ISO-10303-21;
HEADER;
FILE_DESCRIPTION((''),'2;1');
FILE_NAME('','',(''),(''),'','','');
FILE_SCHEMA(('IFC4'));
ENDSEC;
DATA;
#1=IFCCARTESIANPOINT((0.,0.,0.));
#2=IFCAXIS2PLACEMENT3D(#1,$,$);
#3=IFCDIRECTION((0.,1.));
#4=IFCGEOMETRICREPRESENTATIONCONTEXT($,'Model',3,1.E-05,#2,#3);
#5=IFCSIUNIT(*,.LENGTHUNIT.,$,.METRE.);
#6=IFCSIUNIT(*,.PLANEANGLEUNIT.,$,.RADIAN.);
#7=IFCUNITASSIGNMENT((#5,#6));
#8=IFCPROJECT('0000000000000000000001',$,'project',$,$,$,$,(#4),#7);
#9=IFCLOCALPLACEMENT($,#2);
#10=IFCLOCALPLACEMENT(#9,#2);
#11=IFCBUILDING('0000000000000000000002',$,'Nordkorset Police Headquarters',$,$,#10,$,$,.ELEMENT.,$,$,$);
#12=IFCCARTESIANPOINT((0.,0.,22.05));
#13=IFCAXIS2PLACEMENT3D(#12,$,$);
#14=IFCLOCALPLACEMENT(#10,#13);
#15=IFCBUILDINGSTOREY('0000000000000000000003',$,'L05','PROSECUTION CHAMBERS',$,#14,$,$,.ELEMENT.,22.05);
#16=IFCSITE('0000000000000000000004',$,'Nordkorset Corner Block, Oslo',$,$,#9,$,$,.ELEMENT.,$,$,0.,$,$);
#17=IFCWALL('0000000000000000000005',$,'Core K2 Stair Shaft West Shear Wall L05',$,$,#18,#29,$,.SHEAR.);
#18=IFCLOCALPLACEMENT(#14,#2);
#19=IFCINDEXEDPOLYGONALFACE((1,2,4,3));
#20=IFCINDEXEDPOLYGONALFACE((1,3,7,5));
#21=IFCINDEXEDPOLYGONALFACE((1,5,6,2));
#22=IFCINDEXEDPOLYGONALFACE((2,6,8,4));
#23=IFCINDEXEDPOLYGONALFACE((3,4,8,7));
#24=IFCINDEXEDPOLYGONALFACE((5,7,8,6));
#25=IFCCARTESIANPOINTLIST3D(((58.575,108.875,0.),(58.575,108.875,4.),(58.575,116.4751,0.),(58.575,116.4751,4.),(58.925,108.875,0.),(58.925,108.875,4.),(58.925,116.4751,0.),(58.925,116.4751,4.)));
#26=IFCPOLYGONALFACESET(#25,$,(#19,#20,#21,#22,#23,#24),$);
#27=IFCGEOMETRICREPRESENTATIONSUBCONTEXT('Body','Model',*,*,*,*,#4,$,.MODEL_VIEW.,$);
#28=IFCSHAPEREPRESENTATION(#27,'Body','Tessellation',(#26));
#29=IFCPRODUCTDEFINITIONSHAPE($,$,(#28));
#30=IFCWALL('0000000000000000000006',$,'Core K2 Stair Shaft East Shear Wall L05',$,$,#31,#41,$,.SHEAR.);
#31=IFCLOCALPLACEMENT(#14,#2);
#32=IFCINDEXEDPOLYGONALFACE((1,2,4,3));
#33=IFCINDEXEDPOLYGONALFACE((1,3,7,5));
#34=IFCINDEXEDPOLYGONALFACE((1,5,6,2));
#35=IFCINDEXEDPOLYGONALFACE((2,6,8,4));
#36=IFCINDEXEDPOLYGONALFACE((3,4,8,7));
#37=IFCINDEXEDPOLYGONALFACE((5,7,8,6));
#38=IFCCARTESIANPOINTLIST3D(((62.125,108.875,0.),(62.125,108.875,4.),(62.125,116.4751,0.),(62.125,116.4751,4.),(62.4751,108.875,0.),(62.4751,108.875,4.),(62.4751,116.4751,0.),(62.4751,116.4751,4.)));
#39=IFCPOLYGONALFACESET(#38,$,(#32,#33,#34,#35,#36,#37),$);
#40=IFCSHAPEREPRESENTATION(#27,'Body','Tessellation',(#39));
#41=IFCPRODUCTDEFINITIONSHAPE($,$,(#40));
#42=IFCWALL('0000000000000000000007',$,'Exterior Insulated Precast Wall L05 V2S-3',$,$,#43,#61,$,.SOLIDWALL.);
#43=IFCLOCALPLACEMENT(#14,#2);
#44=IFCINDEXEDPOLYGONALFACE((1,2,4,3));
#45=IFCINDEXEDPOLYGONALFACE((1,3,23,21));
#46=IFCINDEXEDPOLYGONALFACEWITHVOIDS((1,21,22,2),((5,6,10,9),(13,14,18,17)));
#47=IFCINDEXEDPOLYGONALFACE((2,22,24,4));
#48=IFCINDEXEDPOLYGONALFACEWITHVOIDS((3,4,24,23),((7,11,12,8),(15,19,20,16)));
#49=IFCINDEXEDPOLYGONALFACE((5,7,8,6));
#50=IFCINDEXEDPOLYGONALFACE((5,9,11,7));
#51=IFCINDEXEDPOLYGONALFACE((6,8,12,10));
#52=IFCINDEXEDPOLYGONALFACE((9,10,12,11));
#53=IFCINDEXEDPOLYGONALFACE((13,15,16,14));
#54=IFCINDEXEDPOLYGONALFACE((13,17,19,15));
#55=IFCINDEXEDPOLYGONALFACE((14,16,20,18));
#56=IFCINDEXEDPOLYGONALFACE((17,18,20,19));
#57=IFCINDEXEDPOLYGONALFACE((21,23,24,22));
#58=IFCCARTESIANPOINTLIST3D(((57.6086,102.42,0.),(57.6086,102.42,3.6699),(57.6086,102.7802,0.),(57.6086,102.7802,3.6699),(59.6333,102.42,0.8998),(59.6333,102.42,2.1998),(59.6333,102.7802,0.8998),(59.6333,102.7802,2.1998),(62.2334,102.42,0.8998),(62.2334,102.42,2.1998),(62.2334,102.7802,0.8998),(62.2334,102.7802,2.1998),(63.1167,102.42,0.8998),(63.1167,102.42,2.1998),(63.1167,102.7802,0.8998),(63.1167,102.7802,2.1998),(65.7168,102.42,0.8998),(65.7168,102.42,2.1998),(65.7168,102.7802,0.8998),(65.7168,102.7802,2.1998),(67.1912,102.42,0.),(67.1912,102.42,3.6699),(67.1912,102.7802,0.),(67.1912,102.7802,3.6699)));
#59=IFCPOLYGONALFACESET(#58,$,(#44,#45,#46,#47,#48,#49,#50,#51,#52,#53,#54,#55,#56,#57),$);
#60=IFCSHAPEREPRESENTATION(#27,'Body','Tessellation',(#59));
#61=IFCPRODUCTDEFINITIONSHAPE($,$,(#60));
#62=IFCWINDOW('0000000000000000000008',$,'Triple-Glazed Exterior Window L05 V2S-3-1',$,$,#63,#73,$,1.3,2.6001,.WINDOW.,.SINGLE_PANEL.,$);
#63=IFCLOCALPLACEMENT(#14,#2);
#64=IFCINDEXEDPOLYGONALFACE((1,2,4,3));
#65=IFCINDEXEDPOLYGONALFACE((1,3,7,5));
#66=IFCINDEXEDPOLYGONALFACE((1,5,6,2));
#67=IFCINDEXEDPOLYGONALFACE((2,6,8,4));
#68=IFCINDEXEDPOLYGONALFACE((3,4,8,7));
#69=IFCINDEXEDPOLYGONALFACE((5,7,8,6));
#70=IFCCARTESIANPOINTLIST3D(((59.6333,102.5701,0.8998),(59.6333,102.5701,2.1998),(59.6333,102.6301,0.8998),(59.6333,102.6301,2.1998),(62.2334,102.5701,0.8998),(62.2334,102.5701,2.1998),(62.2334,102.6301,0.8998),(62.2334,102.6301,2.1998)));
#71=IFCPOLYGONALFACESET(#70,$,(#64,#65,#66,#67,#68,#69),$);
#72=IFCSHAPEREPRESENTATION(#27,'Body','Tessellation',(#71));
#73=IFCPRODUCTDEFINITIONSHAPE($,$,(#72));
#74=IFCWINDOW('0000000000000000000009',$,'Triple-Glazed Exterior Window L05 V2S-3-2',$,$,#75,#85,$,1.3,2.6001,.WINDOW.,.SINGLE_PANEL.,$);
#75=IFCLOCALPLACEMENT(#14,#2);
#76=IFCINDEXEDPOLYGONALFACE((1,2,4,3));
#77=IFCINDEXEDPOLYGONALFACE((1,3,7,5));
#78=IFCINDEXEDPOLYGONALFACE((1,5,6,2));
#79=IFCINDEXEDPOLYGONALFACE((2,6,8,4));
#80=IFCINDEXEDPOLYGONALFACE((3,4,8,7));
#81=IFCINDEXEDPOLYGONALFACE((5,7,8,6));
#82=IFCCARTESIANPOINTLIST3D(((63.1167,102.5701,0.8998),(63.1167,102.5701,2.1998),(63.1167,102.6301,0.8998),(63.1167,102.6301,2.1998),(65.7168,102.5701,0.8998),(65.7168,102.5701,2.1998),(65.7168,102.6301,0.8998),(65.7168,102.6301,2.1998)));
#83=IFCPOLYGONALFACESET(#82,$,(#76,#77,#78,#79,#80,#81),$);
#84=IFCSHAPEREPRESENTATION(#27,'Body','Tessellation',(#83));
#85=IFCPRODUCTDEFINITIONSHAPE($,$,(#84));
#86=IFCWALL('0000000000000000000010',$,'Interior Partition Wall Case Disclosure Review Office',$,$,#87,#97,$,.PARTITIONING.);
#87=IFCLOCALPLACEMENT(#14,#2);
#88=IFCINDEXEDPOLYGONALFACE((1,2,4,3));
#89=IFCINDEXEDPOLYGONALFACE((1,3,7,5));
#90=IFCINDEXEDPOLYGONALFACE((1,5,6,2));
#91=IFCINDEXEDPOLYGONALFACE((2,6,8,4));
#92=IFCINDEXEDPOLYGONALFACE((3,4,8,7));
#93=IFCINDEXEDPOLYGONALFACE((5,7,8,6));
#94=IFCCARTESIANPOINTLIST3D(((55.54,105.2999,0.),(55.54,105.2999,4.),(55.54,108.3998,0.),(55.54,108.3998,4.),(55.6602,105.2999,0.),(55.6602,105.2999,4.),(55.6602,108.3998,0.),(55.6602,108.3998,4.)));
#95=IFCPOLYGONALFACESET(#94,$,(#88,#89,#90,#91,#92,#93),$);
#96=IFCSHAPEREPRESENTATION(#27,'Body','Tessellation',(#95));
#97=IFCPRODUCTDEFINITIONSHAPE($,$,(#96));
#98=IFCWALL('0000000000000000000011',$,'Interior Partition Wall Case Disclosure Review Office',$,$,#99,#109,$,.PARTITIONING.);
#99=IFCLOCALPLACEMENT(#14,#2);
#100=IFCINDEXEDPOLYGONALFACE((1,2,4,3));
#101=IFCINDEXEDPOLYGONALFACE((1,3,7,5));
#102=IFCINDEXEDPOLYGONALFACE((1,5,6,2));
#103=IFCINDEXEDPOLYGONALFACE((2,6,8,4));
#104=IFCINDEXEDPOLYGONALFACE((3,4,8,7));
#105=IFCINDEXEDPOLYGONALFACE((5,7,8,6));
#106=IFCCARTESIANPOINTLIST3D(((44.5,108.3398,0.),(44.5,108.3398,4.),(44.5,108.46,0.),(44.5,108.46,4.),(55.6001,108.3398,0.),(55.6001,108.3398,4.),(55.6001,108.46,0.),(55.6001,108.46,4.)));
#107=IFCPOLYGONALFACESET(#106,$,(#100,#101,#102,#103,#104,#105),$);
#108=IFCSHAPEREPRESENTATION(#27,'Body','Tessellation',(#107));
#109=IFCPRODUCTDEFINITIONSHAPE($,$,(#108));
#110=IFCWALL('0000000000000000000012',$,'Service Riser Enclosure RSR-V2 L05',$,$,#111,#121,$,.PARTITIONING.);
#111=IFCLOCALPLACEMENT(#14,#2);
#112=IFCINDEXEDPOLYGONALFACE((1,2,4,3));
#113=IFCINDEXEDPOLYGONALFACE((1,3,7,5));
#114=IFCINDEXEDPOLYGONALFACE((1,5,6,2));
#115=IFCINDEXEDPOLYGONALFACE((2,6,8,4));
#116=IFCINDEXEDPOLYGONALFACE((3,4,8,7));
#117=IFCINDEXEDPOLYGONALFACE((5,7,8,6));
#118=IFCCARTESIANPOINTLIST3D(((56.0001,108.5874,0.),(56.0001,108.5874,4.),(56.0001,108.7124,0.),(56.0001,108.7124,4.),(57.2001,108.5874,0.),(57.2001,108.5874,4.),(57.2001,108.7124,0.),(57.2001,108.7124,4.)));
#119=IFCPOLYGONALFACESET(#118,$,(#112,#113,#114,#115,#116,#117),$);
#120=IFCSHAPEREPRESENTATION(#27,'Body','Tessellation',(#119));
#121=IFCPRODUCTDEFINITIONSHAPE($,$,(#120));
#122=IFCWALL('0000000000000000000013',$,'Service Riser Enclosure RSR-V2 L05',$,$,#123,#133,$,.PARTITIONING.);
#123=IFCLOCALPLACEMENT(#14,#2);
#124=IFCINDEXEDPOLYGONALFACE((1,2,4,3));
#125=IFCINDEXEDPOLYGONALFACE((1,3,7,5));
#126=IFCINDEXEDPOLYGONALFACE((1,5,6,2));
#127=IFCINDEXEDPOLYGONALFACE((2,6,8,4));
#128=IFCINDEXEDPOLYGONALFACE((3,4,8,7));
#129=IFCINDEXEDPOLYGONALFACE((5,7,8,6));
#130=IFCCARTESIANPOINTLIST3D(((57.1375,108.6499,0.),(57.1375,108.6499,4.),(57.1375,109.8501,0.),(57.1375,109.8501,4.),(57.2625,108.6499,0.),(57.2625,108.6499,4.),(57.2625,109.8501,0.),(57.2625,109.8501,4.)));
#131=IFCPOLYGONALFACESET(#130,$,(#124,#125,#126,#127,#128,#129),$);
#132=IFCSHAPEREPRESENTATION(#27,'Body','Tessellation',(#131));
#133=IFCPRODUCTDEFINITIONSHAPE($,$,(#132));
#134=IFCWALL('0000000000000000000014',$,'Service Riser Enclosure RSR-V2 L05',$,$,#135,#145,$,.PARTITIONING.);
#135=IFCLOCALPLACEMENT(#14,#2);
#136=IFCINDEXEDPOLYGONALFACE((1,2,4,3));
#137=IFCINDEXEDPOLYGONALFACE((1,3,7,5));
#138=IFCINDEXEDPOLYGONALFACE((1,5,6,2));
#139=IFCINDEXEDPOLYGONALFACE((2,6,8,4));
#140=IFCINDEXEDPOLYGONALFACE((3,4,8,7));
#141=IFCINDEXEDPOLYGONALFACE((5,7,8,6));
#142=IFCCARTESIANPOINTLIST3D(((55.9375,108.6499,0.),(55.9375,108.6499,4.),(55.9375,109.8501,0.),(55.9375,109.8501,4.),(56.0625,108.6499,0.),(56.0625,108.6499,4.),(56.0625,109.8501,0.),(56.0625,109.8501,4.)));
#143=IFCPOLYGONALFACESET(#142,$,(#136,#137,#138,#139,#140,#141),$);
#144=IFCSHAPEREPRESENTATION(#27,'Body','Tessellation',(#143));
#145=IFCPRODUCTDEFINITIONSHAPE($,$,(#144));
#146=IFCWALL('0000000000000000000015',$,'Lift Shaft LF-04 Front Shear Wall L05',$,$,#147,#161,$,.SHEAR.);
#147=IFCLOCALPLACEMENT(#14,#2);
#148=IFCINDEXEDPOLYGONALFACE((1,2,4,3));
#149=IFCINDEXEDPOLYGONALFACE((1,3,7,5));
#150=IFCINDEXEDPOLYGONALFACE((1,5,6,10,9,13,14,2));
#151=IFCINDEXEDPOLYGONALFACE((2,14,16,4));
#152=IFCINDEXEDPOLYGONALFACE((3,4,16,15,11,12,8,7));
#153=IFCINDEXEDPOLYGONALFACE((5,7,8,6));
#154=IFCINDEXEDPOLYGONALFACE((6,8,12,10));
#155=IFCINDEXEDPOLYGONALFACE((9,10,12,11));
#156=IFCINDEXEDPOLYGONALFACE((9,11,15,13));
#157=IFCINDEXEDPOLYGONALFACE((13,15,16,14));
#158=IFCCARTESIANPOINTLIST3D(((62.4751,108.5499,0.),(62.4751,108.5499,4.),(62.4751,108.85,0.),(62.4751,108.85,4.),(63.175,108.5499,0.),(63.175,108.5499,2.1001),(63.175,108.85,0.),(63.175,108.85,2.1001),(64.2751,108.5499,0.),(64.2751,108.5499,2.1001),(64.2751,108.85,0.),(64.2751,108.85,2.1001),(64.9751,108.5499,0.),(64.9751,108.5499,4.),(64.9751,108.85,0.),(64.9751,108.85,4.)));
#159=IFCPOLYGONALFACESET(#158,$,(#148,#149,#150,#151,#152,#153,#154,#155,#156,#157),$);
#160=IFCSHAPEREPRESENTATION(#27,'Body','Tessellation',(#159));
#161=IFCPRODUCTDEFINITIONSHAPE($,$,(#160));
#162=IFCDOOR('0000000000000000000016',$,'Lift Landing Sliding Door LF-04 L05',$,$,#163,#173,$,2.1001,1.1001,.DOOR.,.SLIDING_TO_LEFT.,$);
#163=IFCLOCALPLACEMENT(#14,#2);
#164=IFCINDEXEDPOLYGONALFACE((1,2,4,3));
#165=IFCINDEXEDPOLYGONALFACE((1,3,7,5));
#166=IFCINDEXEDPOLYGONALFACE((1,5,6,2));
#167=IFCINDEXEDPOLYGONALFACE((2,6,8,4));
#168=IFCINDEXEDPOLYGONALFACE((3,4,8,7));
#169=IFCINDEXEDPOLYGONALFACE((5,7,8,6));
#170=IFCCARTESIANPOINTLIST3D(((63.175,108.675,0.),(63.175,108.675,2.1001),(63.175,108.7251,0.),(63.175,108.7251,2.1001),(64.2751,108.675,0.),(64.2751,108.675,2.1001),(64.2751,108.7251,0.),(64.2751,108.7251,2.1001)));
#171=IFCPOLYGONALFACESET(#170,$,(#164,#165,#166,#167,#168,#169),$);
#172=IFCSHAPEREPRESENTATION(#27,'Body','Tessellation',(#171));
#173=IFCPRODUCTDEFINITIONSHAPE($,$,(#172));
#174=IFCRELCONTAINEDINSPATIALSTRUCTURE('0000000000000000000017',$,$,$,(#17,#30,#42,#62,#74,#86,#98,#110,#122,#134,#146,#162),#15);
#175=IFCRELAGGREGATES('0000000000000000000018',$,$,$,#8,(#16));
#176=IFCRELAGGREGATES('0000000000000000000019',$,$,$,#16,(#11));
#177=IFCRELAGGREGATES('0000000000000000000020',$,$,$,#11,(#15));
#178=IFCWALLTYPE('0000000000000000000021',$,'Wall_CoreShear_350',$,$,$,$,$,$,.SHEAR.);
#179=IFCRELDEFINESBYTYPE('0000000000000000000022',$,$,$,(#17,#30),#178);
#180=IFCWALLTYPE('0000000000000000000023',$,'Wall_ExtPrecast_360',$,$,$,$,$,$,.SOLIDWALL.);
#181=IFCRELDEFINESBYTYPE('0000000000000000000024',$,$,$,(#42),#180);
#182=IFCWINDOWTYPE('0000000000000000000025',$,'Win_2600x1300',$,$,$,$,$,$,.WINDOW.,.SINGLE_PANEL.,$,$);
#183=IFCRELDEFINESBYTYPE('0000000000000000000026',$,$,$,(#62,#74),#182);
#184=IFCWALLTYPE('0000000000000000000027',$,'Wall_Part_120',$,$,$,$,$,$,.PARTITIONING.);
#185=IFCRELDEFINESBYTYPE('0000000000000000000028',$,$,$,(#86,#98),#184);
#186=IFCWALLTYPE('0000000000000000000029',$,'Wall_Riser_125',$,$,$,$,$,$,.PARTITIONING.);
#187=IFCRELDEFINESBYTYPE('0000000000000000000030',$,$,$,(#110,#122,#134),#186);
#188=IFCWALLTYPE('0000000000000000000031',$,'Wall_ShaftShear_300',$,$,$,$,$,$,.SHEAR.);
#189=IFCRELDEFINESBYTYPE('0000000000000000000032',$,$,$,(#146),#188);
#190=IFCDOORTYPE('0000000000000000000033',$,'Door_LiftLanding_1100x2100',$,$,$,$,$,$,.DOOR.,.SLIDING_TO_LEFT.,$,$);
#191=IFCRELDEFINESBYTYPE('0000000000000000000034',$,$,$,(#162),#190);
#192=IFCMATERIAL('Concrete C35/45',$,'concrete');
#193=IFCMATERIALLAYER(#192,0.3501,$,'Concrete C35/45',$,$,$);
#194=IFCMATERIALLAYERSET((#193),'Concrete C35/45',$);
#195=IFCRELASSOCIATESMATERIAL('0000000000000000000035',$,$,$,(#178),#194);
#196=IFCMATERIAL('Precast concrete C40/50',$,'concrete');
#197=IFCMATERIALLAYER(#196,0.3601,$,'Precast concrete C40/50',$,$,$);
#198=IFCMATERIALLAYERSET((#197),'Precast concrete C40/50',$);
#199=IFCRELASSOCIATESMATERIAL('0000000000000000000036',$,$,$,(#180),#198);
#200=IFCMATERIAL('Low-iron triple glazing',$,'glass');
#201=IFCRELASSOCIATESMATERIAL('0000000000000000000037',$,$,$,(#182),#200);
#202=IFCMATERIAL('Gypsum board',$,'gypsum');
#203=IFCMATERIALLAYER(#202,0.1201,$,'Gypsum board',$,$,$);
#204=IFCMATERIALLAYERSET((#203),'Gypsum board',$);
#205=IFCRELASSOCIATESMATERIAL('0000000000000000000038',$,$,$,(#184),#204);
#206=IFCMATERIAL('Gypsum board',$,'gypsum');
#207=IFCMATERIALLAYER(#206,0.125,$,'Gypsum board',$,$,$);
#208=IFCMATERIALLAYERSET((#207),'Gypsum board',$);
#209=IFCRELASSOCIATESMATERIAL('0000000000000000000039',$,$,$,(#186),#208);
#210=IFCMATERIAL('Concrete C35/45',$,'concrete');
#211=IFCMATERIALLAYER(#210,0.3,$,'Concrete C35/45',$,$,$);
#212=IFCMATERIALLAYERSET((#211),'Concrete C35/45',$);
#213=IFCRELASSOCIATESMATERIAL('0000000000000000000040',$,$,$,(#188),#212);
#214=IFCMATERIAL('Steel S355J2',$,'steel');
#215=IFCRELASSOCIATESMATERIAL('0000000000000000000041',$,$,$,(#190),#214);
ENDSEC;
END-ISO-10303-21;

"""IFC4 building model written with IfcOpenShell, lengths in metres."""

from ifc_helpers import new_model, si_unit, direction, frame, frame_2d, origin, place, context, subcontext, project, spatial, rectangle, extrude, material, layer, layer_set, type_object, element, fill, save


model = new_model("IFC4")

# Units and contexts
model_context = context("Model", 3, precision=1e-05, world=origin(), true_north=direction((0.0, 1.0)))
body_context = subcontext(model_context, "Body", "Model", "MODEL_VIEW")
ifc_project = project(units=[si_unit("LENGTHUNIT", "METRE"), si_unit("PLANEANGLEUNIT", "RADIAN")], contexts=[model_context])

# Site, building, storey
site_placement = place(None, origin())
site = spatial("IfcSite", under=ifc_project, at=site_placement, Name="Nordkorset Corner Block, Oslo", CompositionType="ELEMENT", RefElevation=0.0)
building_placement = place(site_placement, origin())
building = spatial("IfcBuilding", under=site, at=building_placement, Name="Nordkorset Police Headquarters", CompositionType="ELEMENT")
storey_placement = place(building_placement, frame((0.0, 0.0, 22.05)))
storey = spatial("IfcBuildingStorey", under=building, at=storey_placement, Name="L05", Description="PROSECUTION CHAMBERS", CompositionType="ELEMENT", Elevation=22.05)

# Shared definitions
ifc_material_1 = material(Name="Concrete C35/45", Category="concrete")
ifc_layer_1 = layer(ifc_material_1, 0.3501, Name="Concrete C35/45")
ifc_layer_set_1 = layer_set([ifc_layer_1], Name="Concrete C35/45")
wall_type_1 = type_object("IfcWallType", Name="Wall_CoreShear_350", PredefinedType="SHEAR", material=ifc_layer_set_1)

# Walls
for number, where, z_axis, x_axis, name in (
    (1, (58.75, 108.875, 0.0), (0.0, 0.0, 1.0), (0.0, 1.0, 0.0), "Core K2 Stair Shaft West Shear Wall L05"),
    (2, (62.3, 108.875, 0.0), (0.0, 0.0, 1.0), (0.0, 1.0, 0.0), "Core K2 Stair Shaft East Shear Wall L05"),
):
    element("IfcWall", number, at=place(storey_placement, frame(where, z_axis=z_axis, x_axis=x_axis)), inside=storey, type_object=wall_type_1, Name=name, PredefinedType="SHEAR", context=body_context, shape_type="SweptSolid", body=[
        extrude(rectangle(XDim=7.6001, YDim=0.3501, at=frame_2d((3.8, 0.0))), origin(), (0.0, 0.0, 1.0), 4.0),
    ])

# Wall, openings, windows
ifc_material_2 = material(Name="Precast concrete C40/50", Category="concrete")
ifc_layer_2 = layer(ifc_material_2, 0.3601, Name="Precast concrete C40/50")
ifc_layer_set_2 = layer_set([ifc_layer_2], Name="Precast concrete C40/50")
wall_type_2 = type_object("IfcWallType", Name="Wall_ExtPrecast_360", PredefinedType="SOLIDWALL", material=ifc_layer_set_2)
wall_1_placement = place(storey_placement, frame((57.6086, 102.6001, 0.0), z_axis=(0.0, 0.0, 1.0), x_axis=(1.0, 0.0, 0.0)))
wall_1 = element("IfcWall", 3, at=wall_1_placement, inside=storey, type_object=wall_type_2, Name="Exterior Insulated Precast Wall L05 V2S-3", PredefinedType="SOLIDWALL", context=body_context, shape_type="SweptSolid", body=[
    extrude(rectangle(XDim=9.5825, YDim=0.3601, at=frame_2d((4.7913, 0.0))), origin(), (0.0, 0.0, 1.0), 3.6699),
])
opening_1_placement = place(wall_1_placement, frame((2.0247, 0.0, 0.8999)))
opening_1 = element("IfcOpeningElement", 4, at=opening_1_placement, cuts=wall_1, PredefinedType="OPENING", context=body_context, shape_type="SweptSolid", body=[
    extrude(rectangle(XDim=2.6001, YDim=1.3, at=frame_2d((1.3, 0.6499))), frame((0.0, 0.1899, 0.0), z_axis=(0.0, -1.0, 0.0), x_axis=(1.0, 0.0, 0.0)), (0.0, 0.0, 1.0), 0.3801),
])
opening_2_placement = place(wall_1_placement, frame((5.5081, 0.0, 0.8999)))
opening_2 = element("IfcOpeningElement", 5, at=opening_2_placement, cuts=wall_1, PredefinedType="OPENING", context=body_context, shape_type="SweptSolid", body=[
    extrude(rectangle(XDim=2.6001, YDim=1.3, at=frame_2d((1.3, 0.6499))), frame((0.0, 0.1899, 0.0), z_axis=(0.0, -1.0, 0.0), x_axis=(1.0, 0.0, 0.0)), (0.0, 0.0, 1.0), 0.3801),
])
ifc_material_3 = material(Name="Low-iron triple glazing", Category="glass")
window_type = type_object("IfcWindowType", Name="Win_2600x1300", PartitioningType="SINGLE_PANEL", PredefinedType="WINDOW", material=ifc_material_3)
window_1_placement = place(opening_1_placement, origin())
window_1 = element("IfcWindow", 6, at=window_1_placement, inside=storey, type_object=window_type, Name="Triple-Glazed Exterior Window L05 V2S-3-1", OverallHeight=1.3, OverallWidth=2.6001, PartitioningType="SINGLE_PANEL", PredefinedType="WINDOW", context=body_context, shape_type="SweptSolid", body=[
    extrude(rectangle(XDim=2.6001, YDim=1.3, at=frame_2d((1.3, 0.6499))), frame((0.0, 0.03, 0.0), z_axis=(0.0, -1.0, 0.0), x_axis=(1.0, 0.0, 0.0)), (0.0, 0.0, 1.0), 0.0601),
])
fill(opening_1, window_1)
window_2_placement = place(opening_2_placement, origin())
window_2 = element("IfcWindow", 7, at=window_2_placement, inside=storey, type_object=window_type, Name="Triple-Glazed Exterior Window L05 V2S-3-2", OverallHeight=1.3, OverallWidth=2.6001, PartitioningType="SINGLE_PANEL", PredefinedType="WINDOW", context=body_context, shape_type="SweptSolid", body=[
    extrude(rectangle(XDim=2.6001, YDim=1.3, at=frame_2d((1.3, 0.6499))), frame((0.0, 0.03, 0.0), z_axis=(0.0, -1.0, 0.0), x_axis=(1.0, 0.0, 0.0)), (0.0, 0.0, 1.0), 0.0601),
])
fill(opening_2, window_2)

# Walls
ifc_material_4 = material(Name="Gypsum board", Category="gypsum")
ifc_layer_3 = layer(ifc_material_4, 0.1201, Name="Gypsum board")
ifc_layer_set_3 = layer_set([ifc_layer_3], Name="Gypsum board")
wall_type_3 = type_object("IfcWallType", Name="Wall_Part_120", PredefinedType="PARTITIONING", material=ifc_layer_set_3)
wall_2_placement = place(storey_placement, frame((55.6001, 105.3, 0.0), z_axis=(0.0, 0.0, 1.0), x_axis=(0.0, 1.0, 0.0)))
element("IfcWall", 8, at=wall_2_placement, inside=storey, type_object=wall_type_3, Name="Interior Partition Wall Case Disclosure Review Office", PredefinedType="PARTITIONING", context=body_context, shape_type="SweptSolid", body=[
    extrude(rectangle(XDim=3.0999, YDim=0.1201, at=frame_2d((1.5498, 0.0))), origin(), (0.0, 0.0, 1.0), 4.0),
])
wall_3_placement = place(storey_placement, frame((55.6001, 108.3999, 0.0), z_axis=(0.0, 0.0, 1.0), x_axis=(-1.0, 0.0, 0.0)))
element("IfcWall", 9, at=wall_3_placement, inside=storey, type_object=wall_type_3, Name="Interior Partition Wall Case Disclosure Review Office", PredefinedType="PARTITIONING", context=body_context, shape_type="SweptSolid", body=[
    extrude(rectangle(XDim=11.1001, YDim=0.1201, at=frame_2d((5.55, 0.0))), origin(), (0.0, 0.0, 1.0), 4.0),
])
ifc_material_5 = material(Name="Gypsum board", Category="gypsum")
ifc_layer_4 = layer(ifc_material_5, 0.125, Name="Gypsum board")
ifc_layer_set_4 = layer_set([ifc_layer_4], Name="Gypsum board")
wall_type_4 = type_object("IfcWallType", Name="Wall_Riser_125", PredefinedType="PARTITIONING", material=ifc_layer_set_4)
wall_4_placement = place(storey_placement, frame((56.0, 108.6499, 0.0), z_axis=(0.0, 0.0, 1.0), x_axis=(1.0, 0.0, 0.0)))
element("IfcWall", 10, at=wall_4_placement, inside=storey, type_object=wall_type_4, Name="Service Riser Enclosure RSR-V2 L05", PredefinedType="PARTITIONING", context=body_context, shape_type="SweptSolid", body=[
    extrude(rectangle(XDim=1.2, YDim=0.125, at=frame_2d((0.6001, 0.0))), origin(), (0.0, 0.0, 1.0), 4.0),
])
for number, where, z_axis, x_axis, name in (
    (11, (57.2, 108.6499, 0.0), (0.0, 0.0, 1.0), (0.0, 1.0, 0.0), "Service Riser Enclosure RSR-V2 L05"),
    (12, (56.0, 109.8501, 0.0), (0.0, 0.0, 1.0), (0.0, -1.0, 0.0), "Service Riser Enclosure RSR-V2 L05"),
):
    element("IfcWall", number, at=place(storey_placement, frame(where, z_axis=z_axis, x_axis=x_axis)), inside=storey, type_object=wall_type_4, Name=name, PredefinedType="PARTITIONING", context=body_context, shape_type="SweptSolid", body=[
        extrude(rectangle(XDim=1.2002, YDim=0.125, at=frame_2d((0.6001, 0.0))), origin(), (0.0, 0.0, 1.0), 4.0),
    ])

# Wall, opening, door
ifc_material_6 = material(Name="Concrete C35/45", Category="concrete")
ifc_layer_5 = layer(ifc_material_6, 0.3, Name="Concrete C35/45")
ifc_layer_set_5 = layer_set([ifc_layer_5], Name="Concrete C35/45")
wall_type_5 = type_object("IfcWallType", Name="Wall_ShaftShear_300", PredefinedType="SHEAR", material=ifc_layer_set_5)
wall_5_placement = place(storey_placement, frame((62.4751, 108.7, 0.0), z_axis=(0.0, 0.0, 1.0), x_axis=(1.0, 0.0, 0.0)))
wall_5 = element("IfcWall", 13, at=wall_5_placement, inside=storey, type_object=wall_type_5, Name="Lift Shaft LF-04 Front Shear Wall L05", PredefinedType="SHEAR", context=body_context, shape_type="SweptSolid", body=[
    extrude(rectangle(XDim=2.5, YDim=0.3, at=frame_2d((1.25, 0.0))), origin(), (0.0, 0.0, 1.0), 4.0),
])
opening_3_placement = place(wall_5_placement, frame((0.7, 0.0, 0.0)))
opening_3 = element("IfcOpeningElement", 14, at=opening_3_placement, cuts=wall_5, PredefinedType="OPENING", context=body_context, shape_type="SweptSolid", body=[
    extrude(rectangle(XDim=1.1001, YDim=2.1001, at=frame_2d((0.55, 1.05))), frame((0.0, 0.1602, 0.0), z_axis=(0.0, -1.0, 0.0), x_axis=(1.0, 0.0, 0.0)), (0.0, 0.0, 1.0), 0.3201),
])
ifc_material_7 = material(Name="Steel S355J2", Category="steel")
door_type_1 = type_object("IfcDoorType", Name="Door_LiftLanding_1100x2100", OperationType="SLIDING_TO_LEFT", PredefinedType="DOOR", material=ifc_material_7)
door_1_placement = place(opening_3_placement, frame((1.1001, 0.0, 0.0), z_axis=(0.0, 0.0, 1.0), x_axis=(-1.0, 0.0, 0.0)))
door_1 = element("IfcDoor", 15, at=door_1_placement, inside=storey, type_object=door_type_1, Name="Lift Landing Sliding Door LF-04 L05", OperationType="SLIDING_TO_LEFT", OverallHeight=2.1001, OverallWidth=1.1001, PredefinedType="DOOR", context=body_context, shape_type="SweptSolid", body=[
    extrude(rectangle(XDim=1.1001, YDim=2.1001, at=frame_2d((0.55, 1.05))), frame((0.0, 0.0249, 0.0), z_axis=(0.0, -1.0, 0.0), x_axis=(1.0, 0.0, 0.0)), (0.0, 0.0, 1.0), 0.05),
])
fill(opening_3, door_1)

save(model, "model.ifc")
